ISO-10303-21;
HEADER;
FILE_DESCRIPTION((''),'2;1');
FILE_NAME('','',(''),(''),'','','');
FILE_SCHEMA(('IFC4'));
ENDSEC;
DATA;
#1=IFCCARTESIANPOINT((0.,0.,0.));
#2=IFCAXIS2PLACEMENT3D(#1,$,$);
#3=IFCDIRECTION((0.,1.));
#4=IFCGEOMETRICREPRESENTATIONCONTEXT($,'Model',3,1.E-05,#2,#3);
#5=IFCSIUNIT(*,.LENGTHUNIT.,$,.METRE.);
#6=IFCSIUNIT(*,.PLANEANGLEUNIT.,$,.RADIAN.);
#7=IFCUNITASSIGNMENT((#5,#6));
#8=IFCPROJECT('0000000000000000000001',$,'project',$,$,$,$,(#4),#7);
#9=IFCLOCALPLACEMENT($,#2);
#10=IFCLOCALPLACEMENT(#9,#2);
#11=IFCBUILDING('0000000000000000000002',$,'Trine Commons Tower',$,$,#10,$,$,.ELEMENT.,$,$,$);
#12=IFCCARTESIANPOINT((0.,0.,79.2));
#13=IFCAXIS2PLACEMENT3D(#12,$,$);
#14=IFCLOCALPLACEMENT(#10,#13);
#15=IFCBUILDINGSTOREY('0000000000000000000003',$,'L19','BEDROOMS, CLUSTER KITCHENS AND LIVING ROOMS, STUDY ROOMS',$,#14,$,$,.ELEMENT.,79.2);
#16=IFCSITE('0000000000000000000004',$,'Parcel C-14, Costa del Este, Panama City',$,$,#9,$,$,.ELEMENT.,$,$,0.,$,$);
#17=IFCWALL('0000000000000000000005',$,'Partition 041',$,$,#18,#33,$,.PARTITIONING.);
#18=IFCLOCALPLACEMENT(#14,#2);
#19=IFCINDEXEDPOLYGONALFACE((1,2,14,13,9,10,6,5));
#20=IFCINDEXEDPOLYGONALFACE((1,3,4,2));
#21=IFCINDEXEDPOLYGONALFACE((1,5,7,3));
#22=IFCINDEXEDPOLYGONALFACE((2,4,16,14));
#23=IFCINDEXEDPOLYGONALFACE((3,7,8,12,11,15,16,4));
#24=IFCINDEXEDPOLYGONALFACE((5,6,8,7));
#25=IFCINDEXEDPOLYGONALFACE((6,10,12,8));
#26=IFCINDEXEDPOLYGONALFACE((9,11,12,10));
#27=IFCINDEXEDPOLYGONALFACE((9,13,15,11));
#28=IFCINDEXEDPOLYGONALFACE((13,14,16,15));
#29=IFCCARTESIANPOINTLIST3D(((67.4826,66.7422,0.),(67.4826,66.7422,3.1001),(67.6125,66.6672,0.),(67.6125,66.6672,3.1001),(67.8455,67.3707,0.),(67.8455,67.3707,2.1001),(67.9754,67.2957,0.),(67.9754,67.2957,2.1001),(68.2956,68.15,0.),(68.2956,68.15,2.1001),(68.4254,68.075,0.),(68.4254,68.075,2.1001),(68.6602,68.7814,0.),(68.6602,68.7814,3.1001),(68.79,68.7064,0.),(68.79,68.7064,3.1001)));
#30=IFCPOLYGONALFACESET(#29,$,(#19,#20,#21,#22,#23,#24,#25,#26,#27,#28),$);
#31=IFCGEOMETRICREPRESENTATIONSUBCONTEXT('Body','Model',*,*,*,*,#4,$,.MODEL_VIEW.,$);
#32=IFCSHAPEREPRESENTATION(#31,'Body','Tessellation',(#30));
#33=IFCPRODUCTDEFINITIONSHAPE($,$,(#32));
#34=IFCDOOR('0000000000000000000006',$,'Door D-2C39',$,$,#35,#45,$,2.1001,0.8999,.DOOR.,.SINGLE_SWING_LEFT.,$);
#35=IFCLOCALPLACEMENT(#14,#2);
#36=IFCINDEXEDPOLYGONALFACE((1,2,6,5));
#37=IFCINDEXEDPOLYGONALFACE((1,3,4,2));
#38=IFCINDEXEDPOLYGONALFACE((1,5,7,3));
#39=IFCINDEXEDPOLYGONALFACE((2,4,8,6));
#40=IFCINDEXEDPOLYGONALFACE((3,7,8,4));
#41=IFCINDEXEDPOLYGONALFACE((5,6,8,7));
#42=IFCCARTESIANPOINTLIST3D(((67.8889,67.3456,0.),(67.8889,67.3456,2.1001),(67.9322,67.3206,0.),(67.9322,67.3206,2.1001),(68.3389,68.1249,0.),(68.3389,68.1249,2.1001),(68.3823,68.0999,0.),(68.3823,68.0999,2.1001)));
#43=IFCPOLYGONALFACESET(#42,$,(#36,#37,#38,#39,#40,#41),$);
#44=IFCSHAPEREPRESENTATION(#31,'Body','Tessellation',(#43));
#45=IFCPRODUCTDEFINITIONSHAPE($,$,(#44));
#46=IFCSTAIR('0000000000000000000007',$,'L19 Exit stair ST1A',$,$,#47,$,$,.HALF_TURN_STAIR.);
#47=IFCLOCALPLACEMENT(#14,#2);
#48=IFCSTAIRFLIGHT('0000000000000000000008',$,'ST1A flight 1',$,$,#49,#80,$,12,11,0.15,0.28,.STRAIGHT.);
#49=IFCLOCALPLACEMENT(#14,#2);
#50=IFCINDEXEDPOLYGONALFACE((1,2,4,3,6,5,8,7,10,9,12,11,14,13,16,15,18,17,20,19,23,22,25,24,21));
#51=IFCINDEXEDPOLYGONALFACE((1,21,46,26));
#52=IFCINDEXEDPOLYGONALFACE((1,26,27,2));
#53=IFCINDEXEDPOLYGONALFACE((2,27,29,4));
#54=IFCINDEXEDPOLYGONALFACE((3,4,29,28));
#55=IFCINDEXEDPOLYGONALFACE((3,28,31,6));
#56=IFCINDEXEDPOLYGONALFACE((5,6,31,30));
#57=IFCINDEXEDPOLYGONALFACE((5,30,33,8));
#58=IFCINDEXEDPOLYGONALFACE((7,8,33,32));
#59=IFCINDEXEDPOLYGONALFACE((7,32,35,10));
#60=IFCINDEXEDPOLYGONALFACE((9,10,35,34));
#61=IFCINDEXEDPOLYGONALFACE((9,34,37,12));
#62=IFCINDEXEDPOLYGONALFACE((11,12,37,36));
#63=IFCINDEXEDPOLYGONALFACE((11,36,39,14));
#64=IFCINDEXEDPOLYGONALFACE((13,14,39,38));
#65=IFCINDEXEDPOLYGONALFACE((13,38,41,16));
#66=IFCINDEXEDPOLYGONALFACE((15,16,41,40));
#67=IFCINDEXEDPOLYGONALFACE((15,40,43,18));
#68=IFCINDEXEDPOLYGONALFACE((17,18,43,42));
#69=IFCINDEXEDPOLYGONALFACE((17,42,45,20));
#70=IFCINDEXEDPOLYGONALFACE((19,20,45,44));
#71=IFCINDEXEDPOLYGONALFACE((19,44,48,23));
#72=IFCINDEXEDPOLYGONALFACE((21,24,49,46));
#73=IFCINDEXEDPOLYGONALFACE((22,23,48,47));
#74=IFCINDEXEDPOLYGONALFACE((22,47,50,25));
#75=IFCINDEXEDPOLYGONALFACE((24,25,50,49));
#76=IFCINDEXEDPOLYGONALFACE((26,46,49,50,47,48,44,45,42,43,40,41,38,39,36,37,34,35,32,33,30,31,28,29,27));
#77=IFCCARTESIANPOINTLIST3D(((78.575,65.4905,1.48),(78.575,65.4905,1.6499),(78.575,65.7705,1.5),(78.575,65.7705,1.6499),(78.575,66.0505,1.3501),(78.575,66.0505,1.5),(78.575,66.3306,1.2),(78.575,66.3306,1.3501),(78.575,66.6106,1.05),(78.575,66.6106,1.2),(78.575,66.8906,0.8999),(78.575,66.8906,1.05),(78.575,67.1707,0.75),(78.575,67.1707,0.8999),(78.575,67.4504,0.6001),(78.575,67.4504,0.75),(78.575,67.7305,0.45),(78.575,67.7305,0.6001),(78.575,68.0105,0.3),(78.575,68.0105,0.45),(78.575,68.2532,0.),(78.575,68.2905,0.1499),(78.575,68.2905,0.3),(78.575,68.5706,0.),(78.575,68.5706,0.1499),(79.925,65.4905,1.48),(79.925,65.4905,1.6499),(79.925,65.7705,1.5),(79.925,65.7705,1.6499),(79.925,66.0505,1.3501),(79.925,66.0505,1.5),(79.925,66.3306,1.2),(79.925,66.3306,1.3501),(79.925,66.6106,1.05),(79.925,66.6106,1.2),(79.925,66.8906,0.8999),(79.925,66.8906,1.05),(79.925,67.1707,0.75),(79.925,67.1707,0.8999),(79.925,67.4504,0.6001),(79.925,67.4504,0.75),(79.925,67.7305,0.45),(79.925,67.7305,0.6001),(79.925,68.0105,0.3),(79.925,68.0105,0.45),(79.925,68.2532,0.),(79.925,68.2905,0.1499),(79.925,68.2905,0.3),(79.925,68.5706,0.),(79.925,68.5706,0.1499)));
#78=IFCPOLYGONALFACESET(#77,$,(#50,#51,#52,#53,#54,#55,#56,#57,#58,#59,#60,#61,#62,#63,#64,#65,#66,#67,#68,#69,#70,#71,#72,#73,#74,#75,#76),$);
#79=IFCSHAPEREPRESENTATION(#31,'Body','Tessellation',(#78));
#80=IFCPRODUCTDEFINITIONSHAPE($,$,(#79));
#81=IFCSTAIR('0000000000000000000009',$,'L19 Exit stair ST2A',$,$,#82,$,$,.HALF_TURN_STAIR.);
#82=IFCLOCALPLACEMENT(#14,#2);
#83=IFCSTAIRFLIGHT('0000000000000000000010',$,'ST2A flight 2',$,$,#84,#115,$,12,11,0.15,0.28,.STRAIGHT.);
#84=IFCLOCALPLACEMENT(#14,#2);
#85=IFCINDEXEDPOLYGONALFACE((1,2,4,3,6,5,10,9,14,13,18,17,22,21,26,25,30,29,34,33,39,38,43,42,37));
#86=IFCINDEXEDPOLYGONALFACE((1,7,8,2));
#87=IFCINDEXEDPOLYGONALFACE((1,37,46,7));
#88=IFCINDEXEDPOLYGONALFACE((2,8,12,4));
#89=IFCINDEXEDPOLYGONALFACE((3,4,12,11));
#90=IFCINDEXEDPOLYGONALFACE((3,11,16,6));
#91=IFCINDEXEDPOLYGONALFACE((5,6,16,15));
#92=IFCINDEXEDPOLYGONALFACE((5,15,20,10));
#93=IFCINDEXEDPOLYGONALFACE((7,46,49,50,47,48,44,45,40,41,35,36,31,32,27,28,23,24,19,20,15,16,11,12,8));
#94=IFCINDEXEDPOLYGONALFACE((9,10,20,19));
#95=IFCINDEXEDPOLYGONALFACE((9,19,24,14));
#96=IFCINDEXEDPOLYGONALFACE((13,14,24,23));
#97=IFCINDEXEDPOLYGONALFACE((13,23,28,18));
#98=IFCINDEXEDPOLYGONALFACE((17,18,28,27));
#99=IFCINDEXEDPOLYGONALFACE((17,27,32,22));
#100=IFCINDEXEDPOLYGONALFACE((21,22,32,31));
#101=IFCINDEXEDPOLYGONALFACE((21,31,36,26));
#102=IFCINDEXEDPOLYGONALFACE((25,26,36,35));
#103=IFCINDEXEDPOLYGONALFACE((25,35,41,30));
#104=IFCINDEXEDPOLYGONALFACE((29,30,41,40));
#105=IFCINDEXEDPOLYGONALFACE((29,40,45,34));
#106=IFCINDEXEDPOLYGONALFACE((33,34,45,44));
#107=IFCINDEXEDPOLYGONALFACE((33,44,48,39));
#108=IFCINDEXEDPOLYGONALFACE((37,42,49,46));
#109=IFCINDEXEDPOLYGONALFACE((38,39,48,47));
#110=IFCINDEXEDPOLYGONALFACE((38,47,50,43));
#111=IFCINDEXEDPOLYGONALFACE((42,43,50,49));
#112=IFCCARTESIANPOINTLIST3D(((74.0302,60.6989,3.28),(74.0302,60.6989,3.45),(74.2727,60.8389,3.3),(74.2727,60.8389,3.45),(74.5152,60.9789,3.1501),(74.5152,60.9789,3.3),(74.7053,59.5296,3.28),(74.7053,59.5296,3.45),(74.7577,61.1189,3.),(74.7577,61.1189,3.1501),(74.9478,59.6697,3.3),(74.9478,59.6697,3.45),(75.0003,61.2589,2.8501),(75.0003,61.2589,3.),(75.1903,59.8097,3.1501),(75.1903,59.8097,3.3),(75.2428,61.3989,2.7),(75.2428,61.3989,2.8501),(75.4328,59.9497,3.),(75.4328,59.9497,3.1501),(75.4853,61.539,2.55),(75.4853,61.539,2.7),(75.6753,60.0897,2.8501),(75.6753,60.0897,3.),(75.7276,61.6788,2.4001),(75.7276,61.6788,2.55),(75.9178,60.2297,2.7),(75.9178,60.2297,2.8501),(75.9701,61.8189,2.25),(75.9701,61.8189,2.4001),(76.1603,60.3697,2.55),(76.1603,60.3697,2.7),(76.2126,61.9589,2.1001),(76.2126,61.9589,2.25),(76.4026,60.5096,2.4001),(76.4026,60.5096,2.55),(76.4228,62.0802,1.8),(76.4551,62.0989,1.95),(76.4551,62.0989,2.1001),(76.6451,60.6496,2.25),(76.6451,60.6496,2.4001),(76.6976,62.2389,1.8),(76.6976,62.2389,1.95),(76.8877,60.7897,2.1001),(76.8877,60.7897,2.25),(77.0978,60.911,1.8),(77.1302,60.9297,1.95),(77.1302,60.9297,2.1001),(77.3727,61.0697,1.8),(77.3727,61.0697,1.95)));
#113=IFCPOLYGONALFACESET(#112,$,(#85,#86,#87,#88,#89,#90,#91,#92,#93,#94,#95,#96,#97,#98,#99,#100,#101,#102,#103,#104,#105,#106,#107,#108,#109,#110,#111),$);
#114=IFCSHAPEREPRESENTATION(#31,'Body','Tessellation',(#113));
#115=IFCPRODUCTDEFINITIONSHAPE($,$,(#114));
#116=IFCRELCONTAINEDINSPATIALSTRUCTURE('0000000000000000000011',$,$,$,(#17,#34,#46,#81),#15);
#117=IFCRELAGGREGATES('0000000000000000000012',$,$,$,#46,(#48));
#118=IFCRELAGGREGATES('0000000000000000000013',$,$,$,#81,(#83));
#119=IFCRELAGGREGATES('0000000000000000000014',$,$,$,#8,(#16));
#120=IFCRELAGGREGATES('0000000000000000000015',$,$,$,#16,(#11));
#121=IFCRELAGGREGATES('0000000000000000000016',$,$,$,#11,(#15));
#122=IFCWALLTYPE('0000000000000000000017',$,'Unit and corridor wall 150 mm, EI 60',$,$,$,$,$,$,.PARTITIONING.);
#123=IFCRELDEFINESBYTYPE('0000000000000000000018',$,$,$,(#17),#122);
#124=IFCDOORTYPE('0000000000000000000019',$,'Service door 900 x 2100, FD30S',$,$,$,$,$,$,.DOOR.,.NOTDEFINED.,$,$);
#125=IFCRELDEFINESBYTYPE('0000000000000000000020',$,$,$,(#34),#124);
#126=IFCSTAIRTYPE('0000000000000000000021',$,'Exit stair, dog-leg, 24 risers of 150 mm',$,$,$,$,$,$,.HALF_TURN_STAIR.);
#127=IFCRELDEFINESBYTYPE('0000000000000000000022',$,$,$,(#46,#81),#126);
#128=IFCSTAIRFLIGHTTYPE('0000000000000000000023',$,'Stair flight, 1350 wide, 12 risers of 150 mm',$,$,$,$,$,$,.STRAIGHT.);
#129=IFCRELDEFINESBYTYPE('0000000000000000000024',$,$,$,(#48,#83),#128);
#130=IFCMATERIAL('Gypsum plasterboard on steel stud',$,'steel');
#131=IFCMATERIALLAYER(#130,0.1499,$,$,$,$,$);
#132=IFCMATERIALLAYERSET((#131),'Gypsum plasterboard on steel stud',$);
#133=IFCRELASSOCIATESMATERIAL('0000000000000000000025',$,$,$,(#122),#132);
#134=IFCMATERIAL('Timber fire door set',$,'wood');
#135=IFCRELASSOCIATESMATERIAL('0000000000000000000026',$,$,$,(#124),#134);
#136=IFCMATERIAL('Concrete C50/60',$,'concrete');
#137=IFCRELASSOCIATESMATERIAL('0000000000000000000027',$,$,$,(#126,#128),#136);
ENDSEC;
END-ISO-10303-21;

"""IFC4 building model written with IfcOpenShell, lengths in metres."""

from ifc_helpers import new_model, si_unit, direction, frame, frame_2d, origin, place, context, subcontext, project, spatial, polyline, rectangle, outline, extrude, material, layer, layer_set, type_object, element, fill, aggregate, save


model = new_model("IFC4")

# Units and contexts
model_context = context("Model", 3, precision=1e-05, world=origin(), true_north=direction((0.0, 1.0)))
body_context = subcontext(model_context, "Body", "Model", "MODEL_VIEW")
ifc_project = project(units=[si_unit("LENGTHUNIT", "METRE"), si_unit("PLANEANGLEUNIT", "RADIAN")], contexts=[model_context])

# Site, building, storey
site_placement = place(None, origin())
site = spatial("IfcSite", under=ifc_project, at=site_placement, Name="Parcel C-14, Costa del Este, Panama City", CompositionType="ELEMENT", RefElevation=0.0)
building_placement = place(site_placement, origin())
building = spatial("IfcBuilding", under=site, at=building_placement, Name="Trine Commons Tower", CompositionType="ELEMENT")
storey_placement = place(building_placement, frame((0.0, 0.0, 79.2)))
storey = spatial("IfcBuildingStorey", under=building, at=storey_placement, Name="L19", Description="BEDROOMS, CLUSTER KITCHENS AND LIVING ROOMS, STUDY ROOMS", CompositionType="ELEMENT", Elevation=79.2)

# Shared definitions
ifc_material_1 = material(Name="Concrete C50/60", Category="concrete")

# Shared definitions
ifc_material_2 = material(Name="Gypsum plasterboard on steel stud", Category="steel")
ifc_layer_1 = layer(ifc_material_2, 0.1499)
ifc_layer_set_1 = layer_set([ifc_layer_1], Name="Gypsum plasterboard on steel stud")
wall_type_1 = type_object("IfcWallType", Name="Unit and corridor wall 150 mm, EI 60", PredefinedType="PARTITIONING", material=ifc_layer_set_1)

# Wall, opening, door
wall_1_placement = place(storey_placement, frame((67.5476, 66.7048, 0.0), z_axis=(0.0, 0.0, 1.0), x_axis=(0.500075, 0.865982, 0.0)))
wall_1 = element("IfcWall", 1, at=wall_1_placement, inside=storey, type_object=wall_type_1, Name="Partition 041", PredefinedType="PARTITIONING", context=body_context, shape_type="SweptSolid", body=[
    extrude(rectangle(XDim=2.3547, YDim=0.1499, at=frame_2d((1.1772, 0.0))), origin(), (0.0, 0.0, 1.0), 3.1001),
])
opening_1_placement = place(wall_1_placement, frame((0.7256, 0.0, 0.0)))
opening_1 = element("IfcOpeningElement", 2, at=opening_1_placement, cuts=wall_1, PredefinedType="OPENING", context=body_context, shape_type="SweptSolid", body=[
    extrude(rectangle(XDim=0.8999, YDim=2.1001, at=frame_2d((0.45, 1.05))), frame((0.0, 0.085, 0.0), z_axis=(0.0, -1.0, 0.0), x_axis=(1.0, 0.0, 0.0)), (0.0, 0.0, 1.0), 0.1699),
])
ifc_material_3 = material(Name="Timber fire door set", Category="wood")
door_type_1 = type_object("IfcDoorType", Name="Service door 900 x 2100, FD30S", OperationType="NOTDEFINED", PredefinedType="DOOR", material=ifc_material_3)
door_1_placement = place(opening_1_placement, origin())
door_1 = element("IfcDoor", 3, at=door_1_placement, inside=storey, type_object=door_type_1, Name="Door D-2C39", OperationType="SINGLE_SWING_LEFT", OverallHeight=2.1001, OverallWidth=0.8999, PredefinedType="DOOR", context=body_context, shape_type="SweptSolid", body=[
    extrude(rectangle(XDim=0.8999, YDim=2.1001, at=frame_2d((0.45, 1.05))), frame((0.0, 0.0249, 0.0), z_axis=(0.0, -1.0, 0.0), x_axis=(1.0, 0.0, 0.0)), (0.0, 0.0, 1.0), 0.05),
])
fill(opening_1, door_1)

# Stairs, stair flights
stair_type = type_object("IfcStairType", Name="Exit stair, dog-leg, 24 risers of 150 mm", PredefinedType="HALF_TURN_STAIR", material=ifc_material_1)
stair_1_placement = place(storey_placement, origin())
stair_1 = element("IfcStair", 4, at=stair_1_placement, inside=storey, type_object=stair_type, Name="L19 Exit stair ST1A", PredefinedType="HALF_TURN_STAIR")
stair_flight_type = type_object("IfcStairFlightType", Name="Stair flight, 1350 wide, 12 risers of 150 mm", PredefinedType="STRAIGHT", material=ifc_material_1)
stair_flight_1_placement = place(storey_placement, frame((79.25, 68.5706, 0.0), z_axis=(0.0, 0.0, 1.0), x_axis=(0.0, -1.0, 0.0)))
stair_flight_1 = element("IfcStairFlight", 5, at=stair_flight_1_placement, type_object=stair_flight_type, Name="ST1A flight 1", NumberOfRisers=12, NumberOfTreads=11, PredefinedType="STRAIGHT", RiserHeight=0.15, TreadLength=0.28, context=body_context, shape_type="SweptSolid", body=[
    extrude(outline(polyline([(0.0, 0.0), (0.0, 0.1499), (0.28, 0.1499), (0.28, 0.3), (0.5601, 0.3), (0.5601, 0.45), (0.8401, 0.45), (0.8401, 0.6001), (1.1201, 0.6001), (1.1201, 0.75), (1.3999, 0.75), (1.3999, 0.8999), (1.6799, 0.8999), (1.6799, 1.05), (1.96, 1.05), (1.96, 1.2), (2.24, 1.2), (2.24, 1.3501), (2.52, 1.3501), (2.52, 1.5), (2.8, 1.5), (2.8, 1.6499), (3.0801, 1.6499), (3.0801, 1.8), (3.0801, 1.48), (0.3174, 0.0), (0.0, 0.0)])), frame((0.0, 0.675, 0.0), z_axis=(0.0, -1.0, 0.0), x_axis=(1.0, 0.0, 0.0)), (0.0, 0.0, 1.0), 1.3501),
])
aggregate(stair_1, [stair_flight_1])
stair_2_placement = place(storey_placement, origin())
stair_2 = element("IfcStair", 6, at=stair_2_placement, inside=storey, type_object=stair_type, Name="L19 Exit stair ST2A", PredefinedType="HALF_TURN_STAIR")
stair_flight_2_placement = place(storey_placement, frame((77.0352, 61.6543, 1.8), z_axis=(0.0, 0.0, 1.0), x_axis=(-0.866025, -0.5, 0.0)))
stair_flight_2 = element("IfcStairFlight", 7, at=stair_flight_2_placement, type_object=stair_flight_type, Name="ST2A flight 2", NumberOfRisers=12, NumberOfTreads=11, PredefinedType="STRAIGHT", RiserHeight=0.15, TreadLength=0.28, context=body_context, shape_type="SweptSolid", body=[
    extrude(outline(polyline([(0.0, 0.0), (0.0, 0.1499), (0.28, 0.1499), (0.28, 0.3), (0.5601, 0.3), (0.5601, 0.45), (0.8401, 0.45), (0.8401, 0.6001), (1.1201, 0.6001), (1.1201, 0.75), (1.3999, 0.75), (1.3999, 0.8999), (1.6799, 0.8999), (1.6799, 1.05), (1.96, 1.05), (1.96, 1.2), (2.24, 1.2), (2.24, 1.3501), (2.52, 1.3501), (2.52, 1.5), (2.8, 1.5), (2.8, 1.6499), (3.0801, 1.6499), (3.0801, 1.8), (3.0801, 1.48), (0.3174, 0.0), (0.0, 0.0)])), frame((0.0, 0.675, 0.0), z_axis=(0.0, -1.0, 0.0), x_axis=(1.0, 0.0, 0.0)), (0.0, 0.0, 1.0), 1.3501),
])
aggregate(stair_2, [stair_flight_2])

save(model, "model.ifc")
